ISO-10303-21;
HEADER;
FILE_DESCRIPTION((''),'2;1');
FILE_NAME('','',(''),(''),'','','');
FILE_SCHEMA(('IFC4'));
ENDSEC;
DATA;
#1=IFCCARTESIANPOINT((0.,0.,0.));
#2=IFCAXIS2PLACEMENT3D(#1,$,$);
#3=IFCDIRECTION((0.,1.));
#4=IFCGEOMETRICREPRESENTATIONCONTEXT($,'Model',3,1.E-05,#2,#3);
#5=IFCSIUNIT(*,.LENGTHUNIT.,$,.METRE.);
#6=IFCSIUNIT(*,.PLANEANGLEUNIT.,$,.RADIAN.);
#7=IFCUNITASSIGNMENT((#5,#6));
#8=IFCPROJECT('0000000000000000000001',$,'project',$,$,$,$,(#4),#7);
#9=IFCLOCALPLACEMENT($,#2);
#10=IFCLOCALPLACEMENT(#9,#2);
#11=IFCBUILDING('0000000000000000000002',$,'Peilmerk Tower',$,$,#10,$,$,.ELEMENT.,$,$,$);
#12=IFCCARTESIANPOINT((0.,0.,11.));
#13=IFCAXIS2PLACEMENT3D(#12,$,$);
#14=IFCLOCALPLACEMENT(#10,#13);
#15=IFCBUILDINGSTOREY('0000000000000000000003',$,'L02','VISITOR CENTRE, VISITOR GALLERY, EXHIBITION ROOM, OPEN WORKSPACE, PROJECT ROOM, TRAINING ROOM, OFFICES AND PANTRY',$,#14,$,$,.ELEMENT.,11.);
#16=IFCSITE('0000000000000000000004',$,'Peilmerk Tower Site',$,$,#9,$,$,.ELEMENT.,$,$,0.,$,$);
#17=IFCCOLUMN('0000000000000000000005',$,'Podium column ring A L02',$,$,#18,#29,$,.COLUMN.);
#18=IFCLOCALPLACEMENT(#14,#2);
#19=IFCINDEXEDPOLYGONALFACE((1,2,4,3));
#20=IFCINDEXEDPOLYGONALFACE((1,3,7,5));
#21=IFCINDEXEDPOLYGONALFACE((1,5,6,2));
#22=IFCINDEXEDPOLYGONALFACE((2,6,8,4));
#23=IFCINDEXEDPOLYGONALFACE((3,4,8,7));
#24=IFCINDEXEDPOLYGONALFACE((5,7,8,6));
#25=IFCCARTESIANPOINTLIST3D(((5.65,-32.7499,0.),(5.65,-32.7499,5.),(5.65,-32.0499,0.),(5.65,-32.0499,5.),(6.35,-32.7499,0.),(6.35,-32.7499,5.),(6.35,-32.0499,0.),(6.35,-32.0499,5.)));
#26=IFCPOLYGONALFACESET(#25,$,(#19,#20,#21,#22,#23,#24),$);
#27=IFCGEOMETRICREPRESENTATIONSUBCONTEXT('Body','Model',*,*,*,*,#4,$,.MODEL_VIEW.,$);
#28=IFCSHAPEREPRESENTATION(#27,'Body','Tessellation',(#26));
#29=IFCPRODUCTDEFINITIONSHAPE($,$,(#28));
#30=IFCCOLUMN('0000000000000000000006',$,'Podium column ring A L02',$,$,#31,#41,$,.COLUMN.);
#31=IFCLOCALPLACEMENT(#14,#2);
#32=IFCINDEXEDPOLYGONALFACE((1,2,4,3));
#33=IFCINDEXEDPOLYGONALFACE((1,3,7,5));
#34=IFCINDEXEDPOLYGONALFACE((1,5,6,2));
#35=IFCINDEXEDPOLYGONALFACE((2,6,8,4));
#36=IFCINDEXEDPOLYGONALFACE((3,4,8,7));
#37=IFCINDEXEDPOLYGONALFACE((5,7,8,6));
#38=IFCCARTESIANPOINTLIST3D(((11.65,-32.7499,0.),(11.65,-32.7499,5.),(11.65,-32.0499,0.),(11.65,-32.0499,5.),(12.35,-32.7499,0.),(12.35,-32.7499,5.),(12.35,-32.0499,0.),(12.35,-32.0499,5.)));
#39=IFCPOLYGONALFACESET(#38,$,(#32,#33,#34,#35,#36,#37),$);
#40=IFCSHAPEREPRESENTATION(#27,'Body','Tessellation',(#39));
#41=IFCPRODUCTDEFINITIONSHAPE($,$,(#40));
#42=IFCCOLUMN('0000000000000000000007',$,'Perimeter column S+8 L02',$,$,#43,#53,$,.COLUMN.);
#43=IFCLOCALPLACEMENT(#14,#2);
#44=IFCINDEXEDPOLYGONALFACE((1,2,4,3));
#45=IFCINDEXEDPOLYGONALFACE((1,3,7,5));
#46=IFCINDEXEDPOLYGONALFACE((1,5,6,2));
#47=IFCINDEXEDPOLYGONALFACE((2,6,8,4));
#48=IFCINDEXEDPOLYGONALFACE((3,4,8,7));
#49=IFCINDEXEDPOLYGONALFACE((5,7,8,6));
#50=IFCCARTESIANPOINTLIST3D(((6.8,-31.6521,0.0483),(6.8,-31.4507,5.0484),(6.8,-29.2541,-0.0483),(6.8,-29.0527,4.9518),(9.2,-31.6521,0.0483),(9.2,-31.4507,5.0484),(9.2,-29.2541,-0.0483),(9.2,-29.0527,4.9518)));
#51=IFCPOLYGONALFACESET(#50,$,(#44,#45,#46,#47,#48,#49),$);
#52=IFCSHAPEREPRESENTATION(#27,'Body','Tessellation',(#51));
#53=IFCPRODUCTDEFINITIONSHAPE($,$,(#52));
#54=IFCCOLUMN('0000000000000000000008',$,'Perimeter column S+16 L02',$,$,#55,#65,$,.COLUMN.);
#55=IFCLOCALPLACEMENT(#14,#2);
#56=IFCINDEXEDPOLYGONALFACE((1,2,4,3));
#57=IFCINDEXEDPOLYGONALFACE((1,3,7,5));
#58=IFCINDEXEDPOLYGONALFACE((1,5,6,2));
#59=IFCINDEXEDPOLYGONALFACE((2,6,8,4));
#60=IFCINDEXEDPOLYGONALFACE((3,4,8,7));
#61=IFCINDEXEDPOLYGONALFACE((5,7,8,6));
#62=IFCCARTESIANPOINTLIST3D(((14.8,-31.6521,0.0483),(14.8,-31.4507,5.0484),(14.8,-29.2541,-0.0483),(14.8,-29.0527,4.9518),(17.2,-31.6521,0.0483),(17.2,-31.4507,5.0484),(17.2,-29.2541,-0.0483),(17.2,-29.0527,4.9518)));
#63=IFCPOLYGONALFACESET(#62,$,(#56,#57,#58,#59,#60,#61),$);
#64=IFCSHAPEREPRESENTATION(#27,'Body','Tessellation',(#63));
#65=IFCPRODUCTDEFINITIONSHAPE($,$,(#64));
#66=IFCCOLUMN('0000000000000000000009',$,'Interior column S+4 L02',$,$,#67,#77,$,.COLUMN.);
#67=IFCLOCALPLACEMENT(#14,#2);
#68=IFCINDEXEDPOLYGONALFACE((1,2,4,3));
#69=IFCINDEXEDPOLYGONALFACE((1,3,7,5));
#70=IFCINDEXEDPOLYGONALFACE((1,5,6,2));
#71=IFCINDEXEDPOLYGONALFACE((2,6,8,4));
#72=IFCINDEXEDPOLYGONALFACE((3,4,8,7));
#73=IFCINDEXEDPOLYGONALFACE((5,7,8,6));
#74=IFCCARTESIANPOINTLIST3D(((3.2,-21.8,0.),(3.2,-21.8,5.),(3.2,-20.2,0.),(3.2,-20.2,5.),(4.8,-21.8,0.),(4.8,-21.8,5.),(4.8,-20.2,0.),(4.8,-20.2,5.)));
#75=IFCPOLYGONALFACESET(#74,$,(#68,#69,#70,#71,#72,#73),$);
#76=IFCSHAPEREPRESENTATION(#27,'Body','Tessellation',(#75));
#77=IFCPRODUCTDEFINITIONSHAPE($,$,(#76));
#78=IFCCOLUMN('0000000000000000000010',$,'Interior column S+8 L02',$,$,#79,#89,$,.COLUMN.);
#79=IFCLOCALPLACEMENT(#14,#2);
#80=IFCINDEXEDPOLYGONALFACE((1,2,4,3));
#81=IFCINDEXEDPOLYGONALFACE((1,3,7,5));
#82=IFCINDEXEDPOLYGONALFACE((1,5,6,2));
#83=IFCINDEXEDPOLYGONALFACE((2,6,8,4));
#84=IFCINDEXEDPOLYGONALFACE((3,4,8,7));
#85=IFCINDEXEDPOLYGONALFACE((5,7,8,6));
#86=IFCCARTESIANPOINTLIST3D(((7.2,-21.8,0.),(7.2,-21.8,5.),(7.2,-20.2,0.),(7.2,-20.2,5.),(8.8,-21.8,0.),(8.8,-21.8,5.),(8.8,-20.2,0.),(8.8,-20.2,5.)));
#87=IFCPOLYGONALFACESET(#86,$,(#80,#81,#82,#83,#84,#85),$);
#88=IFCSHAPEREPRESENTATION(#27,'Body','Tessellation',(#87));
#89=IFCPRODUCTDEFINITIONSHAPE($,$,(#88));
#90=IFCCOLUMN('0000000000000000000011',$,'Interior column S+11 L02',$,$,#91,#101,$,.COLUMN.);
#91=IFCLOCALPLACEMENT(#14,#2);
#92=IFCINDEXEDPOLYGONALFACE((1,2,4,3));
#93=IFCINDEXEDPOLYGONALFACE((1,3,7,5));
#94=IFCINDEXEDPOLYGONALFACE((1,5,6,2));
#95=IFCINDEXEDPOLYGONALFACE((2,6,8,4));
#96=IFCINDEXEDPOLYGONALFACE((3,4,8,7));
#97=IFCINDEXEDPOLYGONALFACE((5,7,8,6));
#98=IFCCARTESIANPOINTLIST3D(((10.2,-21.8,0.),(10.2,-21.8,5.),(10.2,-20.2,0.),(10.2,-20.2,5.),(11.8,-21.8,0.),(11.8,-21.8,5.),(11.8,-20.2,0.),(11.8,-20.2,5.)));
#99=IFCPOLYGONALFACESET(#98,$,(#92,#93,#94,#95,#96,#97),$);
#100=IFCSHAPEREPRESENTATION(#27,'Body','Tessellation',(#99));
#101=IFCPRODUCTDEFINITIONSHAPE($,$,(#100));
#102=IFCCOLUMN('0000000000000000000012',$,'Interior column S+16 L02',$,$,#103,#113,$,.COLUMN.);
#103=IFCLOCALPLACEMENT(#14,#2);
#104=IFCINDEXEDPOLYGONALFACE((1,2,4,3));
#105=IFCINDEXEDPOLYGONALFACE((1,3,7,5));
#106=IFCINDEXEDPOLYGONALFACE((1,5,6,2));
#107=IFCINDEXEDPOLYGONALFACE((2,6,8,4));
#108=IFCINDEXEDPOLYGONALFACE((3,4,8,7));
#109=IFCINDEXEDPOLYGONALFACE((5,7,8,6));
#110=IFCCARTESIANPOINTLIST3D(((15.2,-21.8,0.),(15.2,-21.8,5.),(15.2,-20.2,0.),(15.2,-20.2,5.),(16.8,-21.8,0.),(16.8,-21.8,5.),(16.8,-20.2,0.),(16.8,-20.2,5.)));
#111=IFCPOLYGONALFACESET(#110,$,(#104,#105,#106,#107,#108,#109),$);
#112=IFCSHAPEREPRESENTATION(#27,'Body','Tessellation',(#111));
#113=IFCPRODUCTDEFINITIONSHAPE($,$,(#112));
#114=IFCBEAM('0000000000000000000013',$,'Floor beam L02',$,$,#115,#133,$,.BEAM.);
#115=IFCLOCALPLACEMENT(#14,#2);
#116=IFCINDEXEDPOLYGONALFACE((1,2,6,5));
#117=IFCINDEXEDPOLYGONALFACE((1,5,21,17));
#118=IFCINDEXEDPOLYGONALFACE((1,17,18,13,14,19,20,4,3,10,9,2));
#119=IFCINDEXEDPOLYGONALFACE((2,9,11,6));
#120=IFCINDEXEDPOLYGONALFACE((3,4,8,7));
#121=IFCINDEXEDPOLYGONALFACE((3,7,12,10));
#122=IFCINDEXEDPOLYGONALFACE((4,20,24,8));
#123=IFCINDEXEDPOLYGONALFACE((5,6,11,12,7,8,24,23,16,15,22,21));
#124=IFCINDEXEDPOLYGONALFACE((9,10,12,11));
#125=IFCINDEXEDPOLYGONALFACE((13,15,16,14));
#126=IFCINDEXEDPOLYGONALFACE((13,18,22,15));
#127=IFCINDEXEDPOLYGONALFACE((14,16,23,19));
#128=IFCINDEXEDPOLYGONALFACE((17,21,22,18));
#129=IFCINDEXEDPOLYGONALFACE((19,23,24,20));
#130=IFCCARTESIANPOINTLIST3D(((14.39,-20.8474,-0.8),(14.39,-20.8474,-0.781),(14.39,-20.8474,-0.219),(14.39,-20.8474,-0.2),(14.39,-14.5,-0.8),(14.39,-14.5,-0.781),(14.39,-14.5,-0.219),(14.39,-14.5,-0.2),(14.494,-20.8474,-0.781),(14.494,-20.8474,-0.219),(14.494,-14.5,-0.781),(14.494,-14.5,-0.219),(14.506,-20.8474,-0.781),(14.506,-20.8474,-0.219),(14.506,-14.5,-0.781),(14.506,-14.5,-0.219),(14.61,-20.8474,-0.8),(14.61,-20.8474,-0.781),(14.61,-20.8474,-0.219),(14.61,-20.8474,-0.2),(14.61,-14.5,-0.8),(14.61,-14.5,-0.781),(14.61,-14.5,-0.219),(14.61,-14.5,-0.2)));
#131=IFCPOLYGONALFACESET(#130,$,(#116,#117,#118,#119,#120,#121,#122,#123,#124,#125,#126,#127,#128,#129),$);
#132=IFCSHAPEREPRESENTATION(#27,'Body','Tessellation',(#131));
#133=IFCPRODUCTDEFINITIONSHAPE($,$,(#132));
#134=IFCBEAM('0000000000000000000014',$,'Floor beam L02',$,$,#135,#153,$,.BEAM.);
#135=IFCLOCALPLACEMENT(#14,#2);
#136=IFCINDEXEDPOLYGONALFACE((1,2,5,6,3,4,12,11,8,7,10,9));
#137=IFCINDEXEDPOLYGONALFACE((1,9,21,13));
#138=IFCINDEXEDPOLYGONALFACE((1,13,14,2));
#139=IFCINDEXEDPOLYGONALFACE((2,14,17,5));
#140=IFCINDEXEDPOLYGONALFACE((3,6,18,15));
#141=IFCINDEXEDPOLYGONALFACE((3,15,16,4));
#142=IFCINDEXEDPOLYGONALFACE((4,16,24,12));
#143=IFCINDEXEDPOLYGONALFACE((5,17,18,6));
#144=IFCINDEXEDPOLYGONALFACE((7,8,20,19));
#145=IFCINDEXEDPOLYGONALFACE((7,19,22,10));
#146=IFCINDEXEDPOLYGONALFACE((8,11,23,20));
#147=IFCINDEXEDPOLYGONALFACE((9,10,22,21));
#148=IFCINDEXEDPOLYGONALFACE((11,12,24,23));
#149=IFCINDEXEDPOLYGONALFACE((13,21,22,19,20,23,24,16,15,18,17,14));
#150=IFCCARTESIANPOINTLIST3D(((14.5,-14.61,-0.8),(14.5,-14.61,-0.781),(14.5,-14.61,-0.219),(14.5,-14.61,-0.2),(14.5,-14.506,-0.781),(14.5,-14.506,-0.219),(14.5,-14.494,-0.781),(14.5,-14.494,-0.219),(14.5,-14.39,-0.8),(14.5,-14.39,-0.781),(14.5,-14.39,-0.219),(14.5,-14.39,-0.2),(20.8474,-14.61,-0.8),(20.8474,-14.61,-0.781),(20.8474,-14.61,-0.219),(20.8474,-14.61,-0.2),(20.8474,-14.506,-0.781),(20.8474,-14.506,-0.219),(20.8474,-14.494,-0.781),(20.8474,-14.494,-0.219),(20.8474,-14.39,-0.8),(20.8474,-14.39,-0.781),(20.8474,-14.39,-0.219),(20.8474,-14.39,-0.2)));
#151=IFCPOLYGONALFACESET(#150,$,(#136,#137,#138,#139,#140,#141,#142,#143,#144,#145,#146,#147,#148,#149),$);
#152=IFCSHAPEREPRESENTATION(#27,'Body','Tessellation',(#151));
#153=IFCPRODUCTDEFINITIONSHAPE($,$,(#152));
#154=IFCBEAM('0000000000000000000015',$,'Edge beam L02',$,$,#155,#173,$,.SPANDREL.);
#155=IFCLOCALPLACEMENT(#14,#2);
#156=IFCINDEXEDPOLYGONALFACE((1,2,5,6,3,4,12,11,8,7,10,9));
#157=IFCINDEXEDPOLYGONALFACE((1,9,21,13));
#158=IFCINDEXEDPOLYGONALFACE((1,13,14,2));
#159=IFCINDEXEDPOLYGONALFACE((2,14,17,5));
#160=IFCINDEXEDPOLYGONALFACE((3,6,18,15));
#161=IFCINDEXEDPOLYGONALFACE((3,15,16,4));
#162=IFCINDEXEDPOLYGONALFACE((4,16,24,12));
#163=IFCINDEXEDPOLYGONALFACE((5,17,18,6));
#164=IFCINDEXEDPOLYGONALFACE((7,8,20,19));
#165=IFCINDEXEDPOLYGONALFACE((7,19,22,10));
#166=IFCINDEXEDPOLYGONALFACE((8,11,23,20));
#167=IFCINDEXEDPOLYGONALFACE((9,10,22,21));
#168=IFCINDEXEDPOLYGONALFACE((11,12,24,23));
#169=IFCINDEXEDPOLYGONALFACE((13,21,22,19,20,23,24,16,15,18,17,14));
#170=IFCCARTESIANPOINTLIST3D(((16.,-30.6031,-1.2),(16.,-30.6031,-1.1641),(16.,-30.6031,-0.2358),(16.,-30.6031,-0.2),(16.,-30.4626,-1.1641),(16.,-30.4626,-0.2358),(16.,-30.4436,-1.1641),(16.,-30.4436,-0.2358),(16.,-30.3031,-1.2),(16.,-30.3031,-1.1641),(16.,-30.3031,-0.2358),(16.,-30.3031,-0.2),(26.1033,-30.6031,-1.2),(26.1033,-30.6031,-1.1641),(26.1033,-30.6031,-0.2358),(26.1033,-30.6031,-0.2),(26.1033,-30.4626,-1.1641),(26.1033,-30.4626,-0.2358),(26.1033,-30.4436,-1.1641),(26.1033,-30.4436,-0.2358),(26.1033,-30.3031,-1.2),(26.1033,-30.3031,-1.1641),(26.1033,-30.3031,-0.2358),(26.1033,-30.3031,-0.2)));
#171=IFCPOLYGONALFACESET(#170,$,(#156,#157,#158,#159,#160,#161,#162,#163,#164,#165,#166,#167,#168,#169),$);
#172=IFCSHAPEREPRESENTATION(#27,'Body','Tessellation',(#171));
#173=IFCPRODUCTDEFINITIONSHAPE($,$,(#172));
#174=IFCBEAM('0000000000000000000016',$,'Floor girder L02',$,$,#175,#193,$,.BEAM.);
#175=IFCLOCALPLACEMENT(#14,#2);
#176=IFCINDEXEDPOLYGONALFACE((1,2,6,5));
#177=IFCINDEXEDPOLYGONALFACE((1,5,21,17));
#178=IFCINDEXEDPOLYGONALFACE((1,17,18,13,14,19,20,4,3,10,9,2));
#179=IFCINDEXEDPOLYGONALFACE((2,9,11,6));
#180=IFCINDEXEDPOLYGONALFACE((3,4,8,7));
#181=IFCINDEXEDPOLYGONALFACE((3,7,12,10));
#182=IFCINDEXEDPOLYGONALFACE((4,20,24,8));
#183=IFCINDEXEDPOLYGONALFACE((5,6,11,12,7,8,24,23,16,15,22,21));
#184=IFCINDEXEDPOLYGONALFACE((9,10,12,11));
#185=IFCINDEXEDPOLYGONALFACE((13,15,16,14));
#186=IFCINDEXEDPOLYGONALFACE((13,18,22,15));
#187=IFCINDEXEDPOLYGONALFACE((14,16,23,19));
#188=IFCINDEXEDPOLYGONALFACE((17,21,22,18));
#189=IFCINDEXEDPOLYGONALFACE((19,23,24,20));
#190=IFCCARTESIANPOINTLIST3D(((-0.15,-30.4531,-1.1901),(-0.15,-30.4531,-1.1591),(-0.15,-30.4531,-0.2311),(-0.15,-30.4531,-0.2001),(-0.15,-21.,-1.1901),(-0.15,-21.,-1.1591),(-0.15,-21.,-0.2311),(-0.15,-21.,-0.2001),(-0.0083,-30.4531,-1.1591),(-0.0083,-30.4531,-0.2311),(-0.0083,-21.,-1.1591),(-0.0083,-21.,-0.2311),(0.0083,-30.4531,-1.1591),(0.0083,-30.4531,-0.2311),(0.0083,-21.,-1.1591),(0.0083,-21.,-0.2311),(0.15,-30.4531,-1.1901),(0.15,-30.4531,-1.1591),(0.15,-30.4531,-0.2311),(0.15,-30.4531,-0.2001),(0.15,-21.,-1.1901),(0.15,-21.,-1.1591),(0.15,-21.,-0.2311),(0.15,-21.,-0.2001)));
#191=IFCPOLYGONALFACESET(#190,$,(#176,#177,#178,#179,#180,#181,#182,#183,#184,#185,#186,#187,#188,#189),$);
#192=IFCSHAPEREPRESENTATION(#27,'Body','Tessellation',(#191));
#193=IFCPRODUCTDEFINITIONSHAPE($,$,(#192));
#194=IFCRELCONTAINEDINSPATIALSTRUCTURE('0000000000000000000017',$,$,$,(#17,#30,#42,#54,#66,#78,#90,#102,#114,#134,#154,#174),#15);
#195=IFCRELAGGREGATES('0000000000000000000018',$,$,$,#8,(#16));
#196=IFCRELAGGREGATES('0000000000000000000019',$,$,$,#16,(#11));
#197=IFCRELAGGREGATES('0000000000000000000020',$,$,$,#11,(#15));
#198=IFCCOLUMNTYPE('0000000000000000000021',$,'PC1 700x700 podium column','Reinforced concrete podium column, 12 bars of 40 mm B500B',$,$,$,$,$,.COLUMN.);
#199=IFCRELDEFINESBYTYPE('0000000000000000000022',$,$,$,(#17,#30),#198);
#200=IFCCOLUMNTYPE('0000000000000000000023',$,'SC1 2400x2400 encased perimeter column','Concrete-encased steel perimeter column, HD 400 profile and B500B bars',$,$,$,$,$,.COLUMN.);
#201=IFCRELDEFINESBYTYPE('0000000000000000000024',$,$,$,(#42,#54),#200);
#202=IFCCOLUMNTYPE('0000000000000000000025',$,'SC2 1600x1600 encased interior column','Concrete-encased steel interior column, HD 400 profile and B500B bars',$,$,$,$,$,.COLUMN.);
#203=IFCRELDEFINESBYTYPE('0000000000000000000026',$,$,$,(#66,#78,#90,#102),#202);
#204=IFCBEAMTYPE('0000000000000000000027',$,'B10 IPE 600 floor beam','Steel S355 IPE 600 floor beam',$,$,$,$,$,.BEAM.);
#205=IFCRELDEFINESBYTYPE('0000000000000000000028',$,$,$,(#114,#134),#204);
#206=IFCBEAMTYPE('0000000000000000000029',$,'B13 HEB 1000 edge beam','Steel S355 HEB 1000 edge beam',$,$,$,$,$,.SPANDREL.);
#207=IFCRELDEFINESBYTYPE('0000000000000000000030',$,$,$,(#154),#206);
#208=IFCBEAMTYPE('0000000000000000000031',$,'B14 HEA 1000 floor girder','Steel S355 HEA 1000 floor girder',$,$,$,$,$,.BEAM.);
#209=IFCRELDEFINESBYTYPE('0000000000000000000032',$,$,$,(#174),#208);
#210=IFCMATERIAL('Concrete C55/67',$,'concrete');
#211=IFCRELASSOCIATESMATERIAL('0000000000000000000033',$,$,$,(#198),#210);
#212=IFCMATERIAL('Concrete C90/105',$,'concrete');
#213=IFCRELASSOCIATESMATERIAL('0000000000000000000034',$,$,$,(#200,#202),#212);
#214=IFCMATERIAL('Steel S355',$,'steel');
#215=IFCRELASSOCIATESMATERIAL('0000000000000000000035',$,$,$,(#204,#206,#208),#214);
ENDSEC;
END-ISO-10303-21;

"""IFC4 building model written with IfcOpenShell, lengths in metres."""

from ifc_helpers import new_model, si_unit, direction, frame, origin, origin_2d, place, context, subcontext, project, spatial, rectangle, i_section, extrude, material, material_profile, profile_set, type_object, element, save


model = new_model("IFC4")

# Units and contexts
model_context = context("Model", 3, precision=1e-05, world=origin(), true_north=direction((0.0, 1.0)))
body_context = subcontext(model_context, "Body", "Model", "MODEL_VIEW")
ifc_project = project(units=[si_unit("LENGTHUNIT", "METRE"), si_unit("PLANEANGLEUNIT", "RADIAN")], contexts=[model_context])

# Site, building, storey
site_placement = place(None, origin())
site = spatial("IfcSite", under=ifc_project, at=site_placement, Name="Peilmerk Tower Site", CompositionType="ELEMENT", RefElevation=0.0)
building_placement = place(site_placement, origin())
building = spatial("IfcBuilding", under=site, at=building_placement, Name="Peilmerk Tower", CompositionType="ELEMENT")
storey_placement = place(building_placement, frame((0.0, 0.0, 11.0)))
storey = spatial("IfcBuildingStorey", under=building, at=storey_placement, Name="L02", Description="VISITOR CENTRE, VISITOR GALLERY, EXHIBITION ROOM, OPEN WORKSPACE, PROJECT ROOM, TRAINING ROOM, OFFICES AND PANTRY", CompositionType="ELEMENT", Elevation=11.0)

# Columns
ifc_material_1 = material(Name="Concrete C55/67", Category="concrete")
ifc_material_profile_1 = material_profile(ifc_material_1, rectangle(XDim=0.7, YDim=0.7, at=origin_2d()), Name="RC 700x700")
ifc_profile_set_1 = profile_set([ifc_material_profile_1], Name="Concrete C55/67")
column_type_1 = type_object("IfcColumnType", Name="PC1 700x700 podium column", Description="Reinforced concrete podium column, 12 bars of 40 mm B500B", PredefinedType="COLUMN", material=ifc_profile_set_1)
for number, where, z_axis, x_axis, name in (
    (1, (6.0, -32.3999, 0.0), (0.0, 0.0, 1.0), (1.0, 0.0, 0.0), "Podium column ring A L02"),
    (2, (12.0, -32.3999, 0.0), (0.0, 0.0, 1.0), (1.0, 0.0, 0.0), "Podium column ring A L02"),
):
    element("IfcColumn", number, at=place(storey_placement, frame(where, z_axis=z_axis, x_axis=x_axis)), inside=storey, type_object=column_type_1, Name=name, PredefinedType="COLUMN", context=body_context, shape_type="SweptSolid", body=[
        extrude(rectangle(XDim=0.7, YDim=0.7, at=origin_2d()), origin(), (0.0, 0.0, 1.0), 5.0),
    ])
ifc_material_2 = material(Name="Concrete C90/105", Category="concrete")
ifc_material_profile_2 = material_profile(ifc_material_2, rectangle(XDim=2.3999, YDim=2.3999, at=origin_2d()), Name="RC 2400x2400")
ifc_profile_set_2 = profile_set([ifc_material_profile_2], Name="Concrete C90/105")
column_type_2 = type_object("IfcColumnType", Name="SC1 2400x2400 encased perimeter column", Description="Concrete-encased steel perimeter column, HD 400 profile and B500B bars", PredefinedType="COLUMN", material=ifc_profile_set_2)
for number, where, z_axis, x_axis, name in (
    (3, (8.0, -30.4531, 0.0), (0.0, 0.040251, 0.99919), (-1.0, 0.0, 0.0), "Perimeter column S+8 L02"),
    (4, (16.0, -30.4531, 0.0), (0.0, 0.040251, 0.99919), (-1.0, 0.0, 0.0), "Perimeter column S+16 L02"),
):
    element("IfcColumn", number, at=place(storey_placement, frame(where, z_axis=z_axis, x_axis=x_axis)), inside=storey, type_object=column_type_2, Name=name, PredefinedType="COLUMN", context=body_context, shape_type="SweptSolid", body=[
        extrude(rectangle(XDim=2.3999, YDim=2.3999, at=origin_2d()), origin(), (0.0, 0.0, 1.0), 5.0042),
    ])
ifc_material_profile_3 = material_profile(ifc_material_2, rectangle(XDim=1.6001, YDim=1.6001, at=origin_2d()), Name="RC 1600x1600")
ifc_profile_set_3 = profile_set([ifc_material_profile_3], Name="Concrete C90/105")
column_type_3 = type_object("IfcColumnType", Name="SC2 1600x1600 encased interior column", Description="Concrete-encased steel interior column, HD 400 profile and B500B bars", PredefinedType="COLUMN", material=ifc_profile_set_3)
for number, where, z_axis, x_axis, name in (
    (5, (4.0, -21.0, 0.0), (0.0, 0.0, 1.0), (1.0, 0.0, 0.0), "Interior column S+4 L02"),
    (6, (8.0, -21.0, 0.0), (0.0, 0.0, 1.0), (1.0, 0.0, 0.0), "Interior column S+8 L02"),
    (7, (11.0, -21.0, 0.0), (0.0, 0.0, 1.0), (1.0, 0.0, 0.0), "Interior column S+11 L02"),
    (8, (16.0, -21.0, 0.0), (0.0, 0.0, 1.0), (1.0, 0.0, 0.0), "Interior column S+16 L02"),
):
    element("IfcColumn", number, at=place(storey_placement, frame(where, z_axis=z_axis, x_axis=x_axis)), inside=storey, type_object=column_type_3, Name=name, PredefinedType="COLUMN", context=body_context, shape_type="SweptSolid", body=[
        extrude(rectangle(XDim=1.6001, YDim=1.6001, at=origin_2d()), origin(), (0.0, 0.0, 1.0), 5.0),
    ])

# Beams
ifc_material_3 = material(Name="Steel S355", Category="steel")
ifc_material_profile_4 = material_profile(ifc_material_3, i_section(OverallWidth=0.22, OverallDepth=0.6001, WebThickness=0.012, FlangeThickness=0.019, at=origin_2d()), Name="IPE 600")
ifc_profile_set_4 = profile_set([ifc_material_profile_4], Name="Steel S355")
beam_type_1 = type_object("IfcBeamType", Name="B10 IPE 600 floor beam", Description="Steel S355 IPE 600 floor beam", PredefinedType="BEAM", material=ifc_profile_set_4)
for number, where, z_axis, x_axis, name in (
    (9, (14.5, -14.5, -0.5), (0.0, -1.0, 0.0), (1.0, 0.0, 0.0), "Floor beam L02"),
    (10, (14.5, -14.5, -0.5), (1.0, 0.0, 0.0), (0.0, 1.0, 0.0), "Floor beam L02"),
):
    element("IfcBeam", number, at=place(storey_placement, frame(where, z_axis=z_axis, x_axis=x_axis)), inside=storey, type_object=beam_type_1, Name=name, PredefinedType="BEAM", context=body_context, shape_type="SweptSolid", body=[
        extrude(i_section(OverallWidth=0.22, OverallDepth=0.6001, WebThickness=0.012, FlangeThickness=0.019, at=origin_2d()), origin(), (0.0, 0.0, 1.0), 6.3474),
    ])
ifc_material_profile_5 = material_profile(ifc_material_3, i_section(OverallWidth=0.3, OverallDepth=1.0, WebThickness=0.019, FlangeThickness=0.0359, at=origin_2d()), Name="HEB 1000")
ifc_profile_set_5 = profile_set([ifc_material_profile_5], Name="Steel S355")
beam_type_2 = type_object("IfcBeamType", Name="B13 HEB 1000 edge beam", Description="Steel S355 HEB 1000 edge beam", PredefinedType="SPANDREL", material=ifc_profile_set_5)
beam_1_placement = place(storey_placement, frame((16.0, -30.4531, -0.7), z_axis=(1.0, 0.0, 0.0), x_axis=(0.0, 1.0, 0.0)))
element("IfcBeam", 11, at=beam_1_placement, inside=storey, type_object=beam_type_2, Name="Edge beam L02", PredefinedType="SPANDREL", context=body_context, shape_type="SweptSolid", body=[
    extrude(i_section(OverallWidth=0.3, OverallDepth=1.0, WebThickness=0.019, FlangeThickness=0.0359, at=origin_2d()), origin(), (0.0, 0.0, 1.0), 10.1033),
])
ifc_material_profile_6 = material_profile(ifc_material_3, i_section(OverallWidth=0.3, OverallDepth=0.99, WebThickness=0.0166, FlangeThickness=0.031, at=origin_2d()), Name="HEA 1000")
ifc_profile_set_6 = profile_set([ifc_material_profile_6], Name="Steel S355")
beam_type_3 = type_object("IfcBeamType", Name="B14 HEA 1000 floor girder", Description="Steel S355 HEA 1000 floor girder", PredefinedType="BEAM", material=ifc_profile_set_6)
for number, where, z_axis, x_axis, name in (
    (12, (0.0, -21.0, -0.6951), (0.0, -1.0, 0.0), (1.0, 0.0, 0.0), "Floor girder L02"),
):
    element("IfcBeam", number, at=place(storey_placement, frame(where, z_axis=z_axis, x_axis=x_axis)), inside=storey, type_object=beam_type_3, Name=name, PredefinedType="BEAM", context=body_context, shape_type="SweptSolid", body=[
        extrude(i_section(OverallWidth=0.3, OverallDepth=0.99, WebThickness=0.0166, FlangeThickness=0.031, at=origin_2d()), origin(), (0.0, 0.0, 1.0), 9.4531),
    ])

save(model, "model.ifc")
